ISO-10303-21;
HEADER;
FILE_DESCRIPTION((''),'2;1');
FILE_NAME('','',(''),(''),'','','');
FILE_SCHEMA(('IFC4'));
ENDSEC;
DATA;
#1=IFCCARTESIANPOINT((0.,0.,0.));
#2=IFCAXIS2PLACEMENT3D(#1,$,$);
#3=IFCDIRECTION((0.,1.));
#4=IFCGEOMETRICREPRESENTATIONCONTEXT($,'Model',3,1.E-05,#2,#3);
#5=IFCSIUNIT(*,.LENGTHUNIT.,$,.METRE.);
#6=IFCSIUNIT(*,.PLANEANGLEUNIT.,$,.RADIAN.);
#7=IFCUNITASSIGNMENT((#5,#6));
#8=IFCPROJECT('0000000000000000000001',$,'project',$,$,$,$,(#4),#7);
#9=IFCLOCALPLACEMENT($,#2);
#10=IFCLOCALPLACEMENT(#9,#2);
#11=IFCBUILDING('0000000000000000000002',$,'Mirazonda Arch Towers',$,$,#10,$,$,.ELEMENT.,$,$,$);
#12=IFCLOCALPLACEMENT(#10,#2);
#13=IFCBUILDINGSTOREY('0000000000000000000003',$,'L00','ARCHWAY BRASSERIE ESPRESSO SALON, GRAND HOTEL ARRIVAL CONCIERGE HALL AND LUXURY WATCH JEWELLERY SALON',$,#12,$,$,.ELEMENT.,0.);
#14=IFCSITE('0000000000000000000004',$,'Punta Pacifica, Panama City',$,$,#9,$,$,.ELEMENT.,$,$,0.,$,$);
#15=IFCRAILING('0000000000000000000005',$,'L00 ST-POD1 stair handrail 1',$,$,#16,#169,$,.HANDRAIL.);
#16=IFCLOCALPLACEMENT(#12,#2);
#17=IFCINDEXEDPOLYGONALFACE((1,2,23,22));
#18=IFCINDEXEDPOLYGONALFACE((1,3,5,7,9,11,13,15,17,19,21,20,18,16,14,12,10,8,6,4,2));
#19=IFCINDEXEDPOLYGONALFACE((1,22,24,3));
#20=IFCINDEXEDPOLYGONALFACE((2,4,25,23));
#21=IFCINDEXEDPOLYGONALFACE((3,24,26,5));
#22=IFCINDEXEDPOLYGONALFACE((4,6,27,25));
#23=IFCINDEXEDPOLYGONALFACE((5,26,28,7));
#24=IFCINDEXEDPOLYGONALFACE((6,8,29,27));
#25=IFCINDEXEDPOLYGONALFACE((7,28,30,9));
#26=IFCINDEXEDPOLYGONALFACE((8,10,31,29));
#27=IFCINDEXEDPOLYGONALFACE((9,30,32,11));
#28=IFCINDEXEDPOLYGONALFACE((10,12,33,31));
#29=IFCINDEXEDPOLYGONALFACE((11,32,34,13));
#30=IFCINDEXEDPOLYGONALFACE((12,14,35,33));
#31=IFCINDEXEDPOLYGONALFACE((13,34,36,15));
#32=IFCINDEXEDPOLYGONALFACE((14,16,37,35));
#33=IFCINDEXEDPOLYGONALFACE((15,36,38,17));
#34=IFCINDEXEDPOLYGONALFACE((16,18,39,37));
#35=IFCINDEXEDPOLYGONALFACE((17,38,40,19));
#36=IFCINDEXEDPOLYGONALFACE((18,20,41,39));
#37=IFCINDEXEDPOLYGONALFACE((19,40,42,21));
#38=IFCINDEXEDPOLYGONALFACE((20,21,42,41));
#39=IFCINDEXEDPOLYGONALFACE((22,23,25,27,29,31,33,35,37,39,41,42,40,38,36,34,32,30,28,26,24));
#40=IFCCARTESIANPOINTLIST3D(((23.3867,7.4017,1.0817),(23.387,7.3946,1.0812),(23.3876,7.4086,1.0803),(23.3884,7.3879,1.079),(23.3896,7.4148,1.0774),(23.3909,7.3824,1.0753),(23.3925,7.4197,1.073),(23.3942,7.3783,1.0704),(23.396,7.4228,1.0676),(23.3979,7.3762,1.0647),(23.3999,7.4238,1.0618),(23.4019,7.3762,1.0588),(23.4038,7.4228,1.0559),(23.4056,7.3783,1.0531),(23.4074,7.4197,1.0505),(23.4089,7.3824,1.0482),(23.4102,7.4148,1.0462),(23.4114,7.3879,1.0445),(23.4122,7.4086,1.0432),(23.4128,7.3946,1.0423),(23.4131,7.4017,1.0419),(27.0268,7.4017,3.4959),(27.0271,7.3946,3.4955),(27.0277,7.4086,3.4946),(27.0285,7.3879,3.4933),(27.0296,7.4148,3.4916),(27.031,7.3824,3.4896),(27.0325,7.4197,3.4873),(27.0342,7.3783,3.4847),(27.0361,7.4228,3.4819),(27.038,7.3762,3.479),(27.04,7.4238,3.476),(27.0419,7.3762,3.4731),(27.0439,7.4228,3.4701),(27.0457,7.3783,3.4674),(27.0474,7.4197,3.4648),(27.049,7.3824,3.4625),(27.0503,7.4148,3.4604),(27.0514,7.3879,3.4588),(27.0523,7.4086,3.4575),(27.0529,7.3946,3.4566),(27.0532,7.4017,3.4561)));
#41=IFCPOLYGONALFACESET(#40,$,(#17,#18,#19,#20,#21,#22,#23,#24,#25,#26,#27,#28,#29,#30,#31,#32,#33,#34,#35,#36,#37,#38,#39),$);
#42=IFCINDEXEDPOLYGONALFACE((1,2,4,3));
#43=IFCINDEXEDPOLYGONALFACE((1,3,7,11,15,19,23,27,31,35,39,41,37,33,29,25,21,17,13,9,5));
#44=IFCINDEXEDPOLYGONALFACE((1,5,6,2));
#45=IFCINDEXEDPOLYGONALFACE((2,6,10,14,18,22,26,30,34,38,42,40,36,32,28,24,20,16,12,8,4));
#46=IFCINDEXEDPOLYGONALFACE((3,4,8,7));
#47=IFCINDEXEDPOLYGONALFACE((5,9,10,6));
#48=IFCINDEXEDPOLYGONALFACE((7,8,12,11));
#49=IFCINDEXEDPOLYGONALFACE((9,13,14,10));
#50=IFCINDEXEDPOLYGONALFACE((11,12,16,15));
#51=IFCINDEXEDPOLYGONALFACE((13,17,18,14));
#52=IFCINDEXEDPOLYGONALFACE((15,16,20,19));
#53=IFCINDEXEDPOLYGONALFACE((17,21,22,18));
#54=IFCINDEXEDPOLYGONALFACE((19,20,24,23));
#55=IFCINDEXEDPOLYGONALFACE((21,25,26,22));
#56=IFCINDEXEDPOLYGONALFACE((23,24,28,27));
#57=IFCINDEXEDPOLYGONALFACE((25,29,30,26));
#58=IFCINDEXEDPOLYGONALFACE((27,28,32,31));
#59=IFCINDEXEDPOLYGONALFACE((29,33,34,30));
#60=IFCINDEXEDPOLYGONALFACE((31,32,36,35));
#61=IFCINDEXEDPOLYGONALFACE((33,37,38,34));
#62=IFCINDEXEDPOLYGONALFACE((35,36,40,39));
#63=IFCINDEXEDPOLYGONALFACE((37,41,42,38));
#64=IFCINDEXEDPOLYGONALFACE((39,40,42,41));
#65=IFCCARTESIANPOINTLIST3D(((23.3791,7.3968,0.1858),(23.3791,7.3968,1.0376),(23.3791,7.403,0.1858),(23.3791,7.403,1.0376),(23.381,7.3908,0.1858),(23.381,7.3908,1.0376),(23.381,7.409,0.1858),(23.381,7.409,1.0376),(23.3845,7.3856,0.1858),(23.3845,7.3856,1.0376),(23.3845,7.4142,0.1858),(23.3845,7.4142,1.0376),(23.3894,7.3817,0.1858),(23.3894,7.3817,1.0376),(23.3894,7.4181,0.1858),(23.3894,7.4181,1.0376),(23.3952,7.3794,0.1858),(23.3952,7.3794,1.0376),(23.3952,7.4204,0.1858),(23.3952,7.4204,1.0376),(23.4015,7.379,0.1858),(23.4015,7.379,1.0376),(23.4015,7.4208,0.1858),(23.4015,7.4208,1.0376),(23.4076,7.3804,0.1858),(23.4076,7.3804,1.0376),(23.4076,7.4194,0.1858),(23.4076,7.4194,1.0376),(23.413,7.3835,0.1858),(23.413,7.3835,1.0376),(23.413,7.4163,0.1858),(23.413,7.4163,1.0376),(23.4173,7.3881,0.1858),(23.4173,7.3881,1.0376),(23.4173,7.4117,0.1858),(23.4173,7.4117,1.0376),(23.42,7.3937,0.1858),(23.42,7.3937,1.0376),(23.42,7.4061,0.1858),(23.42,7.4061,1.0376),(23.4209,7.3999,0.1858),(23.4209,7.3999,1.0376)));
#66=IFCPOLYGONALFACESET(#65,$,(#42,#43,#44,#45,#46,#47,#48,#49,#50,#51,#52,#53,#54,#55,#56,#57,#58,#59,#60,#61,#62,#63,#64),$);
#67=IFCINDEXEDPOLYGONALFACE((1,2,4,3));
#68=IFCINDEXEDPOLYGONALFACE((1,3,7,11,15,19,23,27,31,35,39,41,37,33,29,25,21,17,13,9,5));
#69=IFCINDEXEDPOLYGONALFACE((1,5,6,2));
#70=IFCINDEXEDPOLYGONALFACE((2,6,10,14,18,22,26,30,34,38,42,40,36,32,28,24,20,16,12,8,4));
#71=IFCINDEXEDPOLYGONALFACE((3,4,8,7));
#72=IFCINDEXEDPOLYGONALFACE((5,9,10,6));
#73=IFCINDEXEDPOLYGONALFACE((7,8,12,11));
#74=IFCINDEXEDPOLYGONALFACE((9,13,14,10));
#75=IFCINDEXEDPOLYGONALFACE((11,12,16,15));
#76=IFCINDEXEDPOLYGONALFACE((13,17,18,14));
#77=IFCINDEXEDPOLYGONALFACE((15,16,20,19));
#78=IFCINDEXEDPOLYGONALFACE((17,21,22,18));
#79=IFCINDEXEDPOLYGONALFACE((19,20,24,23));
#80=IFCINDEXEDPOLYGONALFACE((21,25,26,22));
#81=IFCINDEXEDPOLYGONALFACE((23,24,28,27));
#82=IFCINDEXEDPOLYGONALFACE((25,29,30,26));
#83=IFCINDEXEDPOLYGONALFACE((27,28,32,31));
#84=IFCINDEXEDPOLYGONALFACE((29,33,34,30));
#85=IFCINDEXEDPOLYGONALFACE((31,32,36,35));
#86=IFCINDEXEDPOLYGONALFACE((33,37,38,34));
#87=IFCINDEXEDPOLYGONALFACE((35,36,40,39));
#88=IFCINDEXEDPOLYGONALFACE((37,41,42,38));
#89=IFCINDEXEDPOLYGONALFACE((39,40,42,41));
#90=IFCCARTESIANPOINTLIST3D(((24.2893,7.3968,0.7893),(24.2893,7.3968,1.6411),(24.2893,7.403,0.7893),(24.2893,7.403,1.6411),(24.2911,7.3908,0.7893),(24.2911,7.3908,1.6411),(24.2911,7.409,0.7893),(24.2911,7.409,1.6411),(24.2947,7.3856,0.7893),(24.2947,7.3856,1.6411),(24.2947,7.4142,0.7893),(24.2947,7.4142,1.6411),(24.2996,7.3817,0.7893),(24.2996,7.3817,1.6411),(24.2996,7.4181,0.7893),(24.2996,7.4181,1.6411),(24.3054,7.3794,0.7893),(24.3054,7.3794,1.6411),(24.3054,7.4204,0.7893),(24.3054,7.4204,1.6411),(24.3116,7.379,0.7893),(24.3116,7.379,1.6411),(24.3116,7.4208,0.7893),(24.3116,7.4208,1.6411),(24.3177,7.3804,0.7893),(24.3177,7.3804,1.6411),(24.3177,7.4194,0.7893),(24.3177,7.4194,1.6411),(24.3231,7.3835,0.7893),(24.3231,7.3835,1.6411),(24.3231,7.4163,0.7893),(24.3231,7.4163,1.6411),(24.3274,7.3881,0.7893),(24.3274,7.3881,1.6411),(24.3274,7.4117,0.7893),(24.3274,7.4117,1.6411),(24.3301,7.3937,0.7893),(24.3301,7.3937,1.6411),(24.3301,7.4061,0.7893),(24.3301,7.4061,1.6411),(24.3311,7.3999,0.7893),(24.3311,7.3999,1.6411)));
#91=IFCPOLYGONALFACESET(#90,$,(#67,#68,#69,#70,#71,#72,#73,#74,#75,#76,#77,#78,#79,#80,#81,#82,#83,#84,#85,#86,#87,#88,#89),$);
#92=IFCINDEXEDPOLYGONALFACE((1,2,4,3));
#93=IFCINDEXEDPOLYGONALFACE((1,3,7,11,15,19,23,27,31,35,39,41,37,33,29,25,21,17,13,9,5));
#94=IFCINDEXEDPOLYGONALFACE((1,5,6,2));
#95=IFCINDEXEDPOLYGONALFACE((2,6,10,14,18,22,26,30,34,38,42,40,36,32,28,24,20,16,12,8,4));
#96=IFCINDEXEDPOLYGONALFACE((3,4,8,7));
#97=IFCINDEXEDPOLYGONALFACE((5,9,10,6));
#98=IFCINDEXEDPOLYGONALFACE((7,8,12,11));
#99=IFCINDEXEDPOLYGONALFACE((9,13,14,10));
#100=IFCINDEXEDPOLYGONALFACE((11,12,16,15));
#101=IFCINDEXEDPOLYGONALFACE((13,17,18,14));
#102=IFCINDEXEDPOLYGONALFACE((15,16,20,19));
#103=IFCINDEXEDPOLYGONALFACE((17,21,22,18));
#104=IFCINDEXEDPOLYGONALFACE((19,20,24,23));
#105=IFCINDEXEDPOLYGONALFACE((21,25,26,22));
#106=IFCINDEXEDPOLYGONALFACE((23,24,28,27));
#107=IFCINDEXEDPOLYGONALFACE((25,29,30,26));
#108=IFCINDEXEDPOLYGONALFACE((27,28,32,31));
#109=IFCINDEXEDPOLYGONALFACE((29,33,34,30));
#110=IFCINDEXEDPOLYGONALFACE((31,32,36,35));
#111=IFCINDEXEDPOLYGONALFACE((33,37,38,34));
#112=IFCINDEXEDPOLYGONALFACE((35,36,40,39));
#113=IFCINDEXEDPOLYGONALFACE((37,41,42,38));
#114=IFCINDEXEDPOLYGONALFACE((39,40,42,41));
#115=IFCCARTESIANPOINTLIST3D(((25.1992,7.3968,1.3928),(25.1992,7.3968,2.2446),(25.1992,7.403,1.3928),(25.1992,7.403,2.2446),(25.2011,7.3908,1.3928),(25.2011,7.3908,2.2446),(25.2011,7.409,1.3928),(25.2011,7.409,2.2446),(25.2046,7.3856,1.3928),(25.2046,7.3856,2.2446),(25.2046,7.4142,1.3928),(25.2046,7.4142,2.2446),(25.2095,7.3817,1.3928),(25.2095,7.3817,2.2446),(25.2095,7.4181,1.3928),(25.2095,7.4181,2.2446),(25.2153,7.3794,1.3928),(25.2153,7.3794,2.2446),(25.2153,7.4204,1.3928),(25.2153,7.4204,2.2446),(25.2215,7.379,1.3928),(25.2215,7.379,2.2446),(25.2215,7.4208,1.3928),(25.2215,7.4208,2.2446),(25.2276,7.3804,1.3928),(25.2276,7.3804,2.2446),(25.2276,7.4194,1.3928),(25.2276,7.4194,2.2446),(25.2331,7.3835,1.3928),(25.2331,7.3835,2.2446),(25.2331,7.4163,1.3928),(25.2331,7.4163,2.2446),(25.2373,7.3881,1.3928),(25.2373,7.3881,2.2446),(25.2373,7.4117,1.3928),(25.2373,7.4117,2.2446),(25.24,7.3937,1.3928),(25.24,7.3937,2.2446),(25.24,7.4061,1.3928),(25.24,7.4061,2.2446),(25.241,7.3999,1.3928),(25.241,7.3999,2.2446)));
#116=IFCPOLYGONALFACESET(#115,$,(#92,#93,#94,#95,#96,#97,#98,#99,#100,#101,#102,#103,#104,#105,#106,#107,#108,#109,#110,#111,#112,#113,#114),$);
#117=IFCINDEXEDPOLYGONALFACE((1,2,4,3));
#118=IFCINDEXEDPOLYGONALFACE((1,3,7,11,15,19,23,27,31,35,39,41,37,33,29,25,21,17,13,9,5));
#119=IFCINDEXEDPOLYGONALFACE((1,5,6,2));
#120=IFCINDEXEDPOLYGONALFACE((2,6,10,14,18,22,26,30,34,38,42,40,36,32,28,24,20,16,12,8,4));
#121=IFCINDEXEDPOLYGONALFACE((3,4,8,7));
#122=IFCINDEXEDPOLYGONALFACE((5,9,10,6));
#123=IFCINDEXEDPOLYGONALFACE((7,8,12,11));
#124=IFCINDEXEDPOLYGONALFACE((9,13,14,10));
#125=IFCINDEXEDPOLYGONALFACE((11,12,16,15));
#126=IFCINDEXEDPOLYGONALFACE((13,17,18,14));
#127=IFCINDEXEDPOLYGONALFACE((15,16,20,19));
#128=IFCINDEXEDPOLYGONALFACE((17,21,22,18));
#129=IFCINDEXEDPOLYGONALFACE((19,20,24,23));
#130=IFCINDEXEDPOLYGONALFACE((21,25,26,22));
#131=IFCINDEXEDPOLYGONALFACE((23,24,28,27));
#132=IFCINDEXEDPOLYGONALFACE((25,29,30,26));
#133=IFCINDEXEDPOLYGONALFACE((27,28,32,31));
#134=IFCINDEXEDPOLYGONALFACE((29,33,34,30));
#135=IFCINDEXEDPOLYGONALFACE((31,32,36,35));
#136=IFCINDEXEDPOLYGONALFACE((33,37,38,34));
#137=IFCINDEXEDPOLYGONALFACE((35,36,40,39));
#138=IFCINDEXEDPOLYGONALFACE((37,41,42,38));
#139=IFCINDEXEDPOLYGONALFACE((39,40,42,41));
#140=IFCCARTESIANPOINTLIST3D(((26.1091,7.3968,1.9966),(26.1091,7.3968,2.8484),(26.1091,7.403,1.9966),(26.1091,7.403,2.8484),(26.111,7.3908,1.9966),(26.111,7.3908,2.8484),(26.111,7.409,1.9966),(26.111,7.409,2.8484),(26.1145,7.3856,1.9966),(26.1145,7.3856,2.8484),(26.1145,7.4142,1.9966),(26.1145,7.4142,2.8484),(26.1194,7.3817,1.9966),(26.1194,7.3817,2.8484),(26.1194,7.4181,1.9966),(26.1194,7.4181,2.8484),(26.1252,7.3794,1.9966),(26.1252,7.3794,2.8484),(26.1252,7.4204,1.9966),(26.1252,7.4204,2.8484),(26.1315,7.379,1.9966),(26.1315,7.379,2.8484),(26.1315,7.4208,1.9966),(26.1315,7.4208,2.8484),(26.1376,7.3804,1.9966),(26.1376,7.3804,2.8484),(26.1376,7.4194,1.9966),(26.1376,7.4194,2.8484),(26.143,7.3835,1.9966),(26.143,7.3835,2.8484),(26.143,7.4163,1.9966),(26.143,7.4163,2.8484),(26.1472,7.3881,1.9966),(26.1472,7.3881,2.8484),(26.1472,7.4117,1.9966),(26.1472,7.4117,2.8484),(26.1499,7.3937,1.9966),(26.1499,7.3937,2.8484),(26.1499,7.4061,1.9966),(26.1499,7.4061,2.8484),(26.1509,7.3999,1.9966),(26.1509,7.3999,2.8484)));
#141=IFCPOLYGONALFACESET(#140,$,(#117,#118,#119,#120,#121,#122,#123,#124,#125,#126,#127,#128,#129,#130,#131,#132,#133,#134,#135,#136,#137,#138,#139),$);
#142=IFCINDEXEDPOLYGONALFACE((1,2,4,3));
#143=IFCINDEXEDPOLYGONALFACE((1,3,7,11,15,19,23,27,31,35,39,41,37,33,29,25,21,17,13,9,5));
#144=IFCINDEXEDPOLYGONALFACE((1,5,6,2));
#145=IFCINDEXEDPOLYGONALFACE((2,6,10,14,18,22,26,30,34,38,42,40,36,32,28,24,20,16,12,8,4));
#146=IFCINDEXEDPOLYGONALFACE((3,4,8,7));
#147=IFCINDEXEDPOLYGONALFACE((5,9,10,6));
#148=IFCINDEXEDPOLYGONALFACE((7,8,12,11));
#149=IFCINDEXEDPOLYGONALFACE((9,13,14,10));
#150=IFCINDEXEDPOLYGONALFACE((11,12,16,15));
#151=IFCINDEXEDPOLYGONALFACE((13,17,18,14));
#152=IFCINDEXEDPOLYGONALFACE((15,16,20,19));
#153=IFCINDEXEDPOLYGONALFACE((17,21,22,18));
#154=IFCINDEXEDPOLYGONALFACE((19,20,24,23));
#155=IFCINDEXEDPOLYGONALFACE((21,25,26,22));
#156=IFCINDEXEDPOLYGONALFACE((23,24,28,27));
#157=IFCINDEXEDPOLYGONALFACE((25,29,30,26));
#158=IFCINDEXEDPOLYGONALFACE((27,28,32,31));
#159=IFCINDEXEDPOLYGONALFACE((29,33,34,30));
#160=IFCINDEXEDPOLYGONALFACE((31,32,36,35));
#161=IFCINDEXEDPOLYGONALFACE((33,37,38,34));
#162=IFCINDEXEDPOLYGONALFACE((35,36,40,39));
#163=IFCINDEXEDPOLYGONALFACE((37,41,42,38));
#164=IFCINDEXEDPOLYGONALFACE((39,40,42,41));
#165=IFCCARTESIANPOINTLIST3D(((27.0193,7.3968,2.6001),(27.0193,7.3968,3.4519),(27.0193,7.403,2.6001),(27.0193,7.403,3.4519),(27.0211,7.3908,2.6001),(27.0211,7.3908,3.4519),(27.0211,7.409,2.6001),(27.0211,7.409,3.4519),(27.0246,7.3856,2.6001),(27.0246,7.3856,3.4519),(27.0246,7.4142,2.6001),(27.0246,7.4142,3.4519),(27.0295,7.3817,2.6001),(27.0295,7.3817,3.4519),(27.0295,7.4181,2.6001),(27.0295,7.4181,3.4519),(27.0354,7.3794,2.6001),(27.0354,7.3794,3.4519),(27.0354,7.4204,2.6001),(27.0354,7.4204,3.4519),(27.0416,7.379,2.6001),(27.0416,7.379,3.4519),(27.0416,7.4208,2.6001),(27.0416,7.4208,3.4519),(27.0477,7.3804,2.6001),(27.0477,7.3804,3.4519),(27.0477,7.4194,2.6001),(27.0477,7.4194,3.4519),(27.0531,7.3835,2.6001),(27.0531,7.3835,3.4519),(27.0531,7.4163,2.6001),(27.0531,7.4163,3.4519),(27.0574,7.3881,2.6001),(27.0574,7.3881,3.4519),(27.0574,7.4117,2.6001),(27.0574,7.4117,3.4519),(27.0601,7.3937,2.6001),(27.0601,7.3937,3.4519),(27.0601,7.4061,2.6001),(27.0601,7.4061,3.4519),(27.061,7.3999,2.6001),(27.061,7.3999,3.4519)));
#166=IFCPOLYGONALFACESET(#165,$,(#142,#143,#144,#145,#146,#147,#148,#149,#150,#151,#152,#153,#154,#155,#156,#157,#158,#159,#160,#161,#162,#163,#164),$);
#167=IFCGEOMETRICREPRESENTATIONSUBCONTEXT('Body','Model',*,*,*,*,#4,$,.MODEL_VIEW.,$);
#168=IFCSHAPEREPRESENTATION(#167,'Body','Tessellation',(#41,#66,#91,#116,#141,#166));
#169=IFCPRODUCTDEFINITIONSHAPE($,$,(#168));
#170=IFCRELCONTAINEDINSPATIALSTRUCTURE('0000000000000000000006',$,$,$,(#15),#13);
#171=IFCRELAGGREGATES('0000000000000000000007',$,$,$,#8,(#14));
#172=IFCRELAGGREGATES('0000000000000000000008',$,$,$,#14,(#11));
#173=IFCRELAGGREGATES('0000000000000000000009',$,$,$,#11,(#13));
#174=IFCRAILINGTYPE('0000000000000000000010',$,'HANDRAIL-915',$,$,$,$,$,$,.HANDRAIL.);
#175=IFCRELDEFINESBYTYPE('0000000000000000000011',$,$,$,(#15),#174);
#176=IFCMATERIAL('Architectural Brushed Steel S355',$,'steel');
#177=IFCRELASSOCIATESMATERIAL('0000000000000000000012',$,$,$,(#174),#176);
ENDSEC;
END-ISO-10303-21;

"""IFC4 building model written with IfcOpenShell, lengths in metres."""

from ifc_helpers import new_model, si_unit, direction, frame, origin, origin_2d, place, context, subcontext, project, spatial, circle, extrude, material, type_object, element, save


model = new_model("IFC4")

# Units and contexts
model_context = context("Model", 3, precision=1e-05, world=origin(), true_north=direction((0.0, 1.0)))
body_context = subcontext(model_context, "Body", "Model", "MODEL_VIEW")
ifc_project = project(units=[si_unit("LENGTHUNIT", "METRE"), si_unit("PLANEANGLEUNIT", "RADIAN")], contexts=[model_context])

# Site, building, storey
site_placement = place(None, origin())
site = spatial("IfcSite", under=ifc_project, at=site_placement, Name="Punta Pacifica, Panama City", CompositionType="ELEMENT", RefElevation=0.0)
building_placement = place(site_placement, origin())
building = spatial("IfcBuilding", under=site, at=building_placement, Name="Mirazonda Arch Towers", CompositionType="ELEMENT")
storey_placement = place(building_placement, origin())
storey = spatial("IfcBuildingStorey", under=building, at=storey_placement, Name="L00", Description="ARCHWAY BRASSERIE ESPRESSO SALON, GRAND HOTEL ARRIVAL CONCIERGE HALL AND LUXURY WATCH JEWELLERY SALON", CompositionType="ELEMENT", Elevation=0.0)

# Railing
ifc_material_1 = material(Name="Architectural Brushed Steel S355", Category="steel")
railing_type_1 = type_object("IfcRailingType", Name="HANDRAIL-915", PredefinedType="HANDRAIL", material=ifc_material_1)
railing_1_placement = place(storey_placement, frame((23.3999, 7.3999, 0.1858)))
element("IfcRailing", 1, at=railing_1_placement, inside=storey, type_object=railing_type_1, Name="L00 ST-POD1 stair handrail 1", PredefinedType="HANDRAIL", context=body_context, shape_type="SweptSolid", body=[
    extrude(circle(Radius=0.0239, at=origin_2d()), frame((0.0, 0.0, 0.876), z_axis=(0.833364, 0.0, 0.552725), x_axis=(0.0, 1.0, 0.0)), (0.0, 0.0, 1.0), 4.3679),
    extrude(circle(Radius=0.021, at=origin_2d()), origin(), (0.0, 0.0, 1.0), 0.8518),
    extrude(circle(Radius=0.021, at=origin_2d()), frame((0.9102, 0.0, 0.6035)), (0.0, 0.0, 1.0), 0.8518),
    extrude(circle(Radius=0.021, at=origin_2d()), frame((1.8201, 0.0, 1.207)), (0.0, 0.0, 1.0), 0.8518),
    extrude(circle(Radius=0.021, at=origin_2d()), frame((2.73, 0.0, 1.8108)), (0.0, 0.0, 1.0), 0.8518),
    extrude(circle(Radius=0.021, at=origin_2d()), frame((3.6401, 0.0, 2.4143)), (0.0, 0.0, 1.0), 0.8518),
])

save(model, "model.ifc")
